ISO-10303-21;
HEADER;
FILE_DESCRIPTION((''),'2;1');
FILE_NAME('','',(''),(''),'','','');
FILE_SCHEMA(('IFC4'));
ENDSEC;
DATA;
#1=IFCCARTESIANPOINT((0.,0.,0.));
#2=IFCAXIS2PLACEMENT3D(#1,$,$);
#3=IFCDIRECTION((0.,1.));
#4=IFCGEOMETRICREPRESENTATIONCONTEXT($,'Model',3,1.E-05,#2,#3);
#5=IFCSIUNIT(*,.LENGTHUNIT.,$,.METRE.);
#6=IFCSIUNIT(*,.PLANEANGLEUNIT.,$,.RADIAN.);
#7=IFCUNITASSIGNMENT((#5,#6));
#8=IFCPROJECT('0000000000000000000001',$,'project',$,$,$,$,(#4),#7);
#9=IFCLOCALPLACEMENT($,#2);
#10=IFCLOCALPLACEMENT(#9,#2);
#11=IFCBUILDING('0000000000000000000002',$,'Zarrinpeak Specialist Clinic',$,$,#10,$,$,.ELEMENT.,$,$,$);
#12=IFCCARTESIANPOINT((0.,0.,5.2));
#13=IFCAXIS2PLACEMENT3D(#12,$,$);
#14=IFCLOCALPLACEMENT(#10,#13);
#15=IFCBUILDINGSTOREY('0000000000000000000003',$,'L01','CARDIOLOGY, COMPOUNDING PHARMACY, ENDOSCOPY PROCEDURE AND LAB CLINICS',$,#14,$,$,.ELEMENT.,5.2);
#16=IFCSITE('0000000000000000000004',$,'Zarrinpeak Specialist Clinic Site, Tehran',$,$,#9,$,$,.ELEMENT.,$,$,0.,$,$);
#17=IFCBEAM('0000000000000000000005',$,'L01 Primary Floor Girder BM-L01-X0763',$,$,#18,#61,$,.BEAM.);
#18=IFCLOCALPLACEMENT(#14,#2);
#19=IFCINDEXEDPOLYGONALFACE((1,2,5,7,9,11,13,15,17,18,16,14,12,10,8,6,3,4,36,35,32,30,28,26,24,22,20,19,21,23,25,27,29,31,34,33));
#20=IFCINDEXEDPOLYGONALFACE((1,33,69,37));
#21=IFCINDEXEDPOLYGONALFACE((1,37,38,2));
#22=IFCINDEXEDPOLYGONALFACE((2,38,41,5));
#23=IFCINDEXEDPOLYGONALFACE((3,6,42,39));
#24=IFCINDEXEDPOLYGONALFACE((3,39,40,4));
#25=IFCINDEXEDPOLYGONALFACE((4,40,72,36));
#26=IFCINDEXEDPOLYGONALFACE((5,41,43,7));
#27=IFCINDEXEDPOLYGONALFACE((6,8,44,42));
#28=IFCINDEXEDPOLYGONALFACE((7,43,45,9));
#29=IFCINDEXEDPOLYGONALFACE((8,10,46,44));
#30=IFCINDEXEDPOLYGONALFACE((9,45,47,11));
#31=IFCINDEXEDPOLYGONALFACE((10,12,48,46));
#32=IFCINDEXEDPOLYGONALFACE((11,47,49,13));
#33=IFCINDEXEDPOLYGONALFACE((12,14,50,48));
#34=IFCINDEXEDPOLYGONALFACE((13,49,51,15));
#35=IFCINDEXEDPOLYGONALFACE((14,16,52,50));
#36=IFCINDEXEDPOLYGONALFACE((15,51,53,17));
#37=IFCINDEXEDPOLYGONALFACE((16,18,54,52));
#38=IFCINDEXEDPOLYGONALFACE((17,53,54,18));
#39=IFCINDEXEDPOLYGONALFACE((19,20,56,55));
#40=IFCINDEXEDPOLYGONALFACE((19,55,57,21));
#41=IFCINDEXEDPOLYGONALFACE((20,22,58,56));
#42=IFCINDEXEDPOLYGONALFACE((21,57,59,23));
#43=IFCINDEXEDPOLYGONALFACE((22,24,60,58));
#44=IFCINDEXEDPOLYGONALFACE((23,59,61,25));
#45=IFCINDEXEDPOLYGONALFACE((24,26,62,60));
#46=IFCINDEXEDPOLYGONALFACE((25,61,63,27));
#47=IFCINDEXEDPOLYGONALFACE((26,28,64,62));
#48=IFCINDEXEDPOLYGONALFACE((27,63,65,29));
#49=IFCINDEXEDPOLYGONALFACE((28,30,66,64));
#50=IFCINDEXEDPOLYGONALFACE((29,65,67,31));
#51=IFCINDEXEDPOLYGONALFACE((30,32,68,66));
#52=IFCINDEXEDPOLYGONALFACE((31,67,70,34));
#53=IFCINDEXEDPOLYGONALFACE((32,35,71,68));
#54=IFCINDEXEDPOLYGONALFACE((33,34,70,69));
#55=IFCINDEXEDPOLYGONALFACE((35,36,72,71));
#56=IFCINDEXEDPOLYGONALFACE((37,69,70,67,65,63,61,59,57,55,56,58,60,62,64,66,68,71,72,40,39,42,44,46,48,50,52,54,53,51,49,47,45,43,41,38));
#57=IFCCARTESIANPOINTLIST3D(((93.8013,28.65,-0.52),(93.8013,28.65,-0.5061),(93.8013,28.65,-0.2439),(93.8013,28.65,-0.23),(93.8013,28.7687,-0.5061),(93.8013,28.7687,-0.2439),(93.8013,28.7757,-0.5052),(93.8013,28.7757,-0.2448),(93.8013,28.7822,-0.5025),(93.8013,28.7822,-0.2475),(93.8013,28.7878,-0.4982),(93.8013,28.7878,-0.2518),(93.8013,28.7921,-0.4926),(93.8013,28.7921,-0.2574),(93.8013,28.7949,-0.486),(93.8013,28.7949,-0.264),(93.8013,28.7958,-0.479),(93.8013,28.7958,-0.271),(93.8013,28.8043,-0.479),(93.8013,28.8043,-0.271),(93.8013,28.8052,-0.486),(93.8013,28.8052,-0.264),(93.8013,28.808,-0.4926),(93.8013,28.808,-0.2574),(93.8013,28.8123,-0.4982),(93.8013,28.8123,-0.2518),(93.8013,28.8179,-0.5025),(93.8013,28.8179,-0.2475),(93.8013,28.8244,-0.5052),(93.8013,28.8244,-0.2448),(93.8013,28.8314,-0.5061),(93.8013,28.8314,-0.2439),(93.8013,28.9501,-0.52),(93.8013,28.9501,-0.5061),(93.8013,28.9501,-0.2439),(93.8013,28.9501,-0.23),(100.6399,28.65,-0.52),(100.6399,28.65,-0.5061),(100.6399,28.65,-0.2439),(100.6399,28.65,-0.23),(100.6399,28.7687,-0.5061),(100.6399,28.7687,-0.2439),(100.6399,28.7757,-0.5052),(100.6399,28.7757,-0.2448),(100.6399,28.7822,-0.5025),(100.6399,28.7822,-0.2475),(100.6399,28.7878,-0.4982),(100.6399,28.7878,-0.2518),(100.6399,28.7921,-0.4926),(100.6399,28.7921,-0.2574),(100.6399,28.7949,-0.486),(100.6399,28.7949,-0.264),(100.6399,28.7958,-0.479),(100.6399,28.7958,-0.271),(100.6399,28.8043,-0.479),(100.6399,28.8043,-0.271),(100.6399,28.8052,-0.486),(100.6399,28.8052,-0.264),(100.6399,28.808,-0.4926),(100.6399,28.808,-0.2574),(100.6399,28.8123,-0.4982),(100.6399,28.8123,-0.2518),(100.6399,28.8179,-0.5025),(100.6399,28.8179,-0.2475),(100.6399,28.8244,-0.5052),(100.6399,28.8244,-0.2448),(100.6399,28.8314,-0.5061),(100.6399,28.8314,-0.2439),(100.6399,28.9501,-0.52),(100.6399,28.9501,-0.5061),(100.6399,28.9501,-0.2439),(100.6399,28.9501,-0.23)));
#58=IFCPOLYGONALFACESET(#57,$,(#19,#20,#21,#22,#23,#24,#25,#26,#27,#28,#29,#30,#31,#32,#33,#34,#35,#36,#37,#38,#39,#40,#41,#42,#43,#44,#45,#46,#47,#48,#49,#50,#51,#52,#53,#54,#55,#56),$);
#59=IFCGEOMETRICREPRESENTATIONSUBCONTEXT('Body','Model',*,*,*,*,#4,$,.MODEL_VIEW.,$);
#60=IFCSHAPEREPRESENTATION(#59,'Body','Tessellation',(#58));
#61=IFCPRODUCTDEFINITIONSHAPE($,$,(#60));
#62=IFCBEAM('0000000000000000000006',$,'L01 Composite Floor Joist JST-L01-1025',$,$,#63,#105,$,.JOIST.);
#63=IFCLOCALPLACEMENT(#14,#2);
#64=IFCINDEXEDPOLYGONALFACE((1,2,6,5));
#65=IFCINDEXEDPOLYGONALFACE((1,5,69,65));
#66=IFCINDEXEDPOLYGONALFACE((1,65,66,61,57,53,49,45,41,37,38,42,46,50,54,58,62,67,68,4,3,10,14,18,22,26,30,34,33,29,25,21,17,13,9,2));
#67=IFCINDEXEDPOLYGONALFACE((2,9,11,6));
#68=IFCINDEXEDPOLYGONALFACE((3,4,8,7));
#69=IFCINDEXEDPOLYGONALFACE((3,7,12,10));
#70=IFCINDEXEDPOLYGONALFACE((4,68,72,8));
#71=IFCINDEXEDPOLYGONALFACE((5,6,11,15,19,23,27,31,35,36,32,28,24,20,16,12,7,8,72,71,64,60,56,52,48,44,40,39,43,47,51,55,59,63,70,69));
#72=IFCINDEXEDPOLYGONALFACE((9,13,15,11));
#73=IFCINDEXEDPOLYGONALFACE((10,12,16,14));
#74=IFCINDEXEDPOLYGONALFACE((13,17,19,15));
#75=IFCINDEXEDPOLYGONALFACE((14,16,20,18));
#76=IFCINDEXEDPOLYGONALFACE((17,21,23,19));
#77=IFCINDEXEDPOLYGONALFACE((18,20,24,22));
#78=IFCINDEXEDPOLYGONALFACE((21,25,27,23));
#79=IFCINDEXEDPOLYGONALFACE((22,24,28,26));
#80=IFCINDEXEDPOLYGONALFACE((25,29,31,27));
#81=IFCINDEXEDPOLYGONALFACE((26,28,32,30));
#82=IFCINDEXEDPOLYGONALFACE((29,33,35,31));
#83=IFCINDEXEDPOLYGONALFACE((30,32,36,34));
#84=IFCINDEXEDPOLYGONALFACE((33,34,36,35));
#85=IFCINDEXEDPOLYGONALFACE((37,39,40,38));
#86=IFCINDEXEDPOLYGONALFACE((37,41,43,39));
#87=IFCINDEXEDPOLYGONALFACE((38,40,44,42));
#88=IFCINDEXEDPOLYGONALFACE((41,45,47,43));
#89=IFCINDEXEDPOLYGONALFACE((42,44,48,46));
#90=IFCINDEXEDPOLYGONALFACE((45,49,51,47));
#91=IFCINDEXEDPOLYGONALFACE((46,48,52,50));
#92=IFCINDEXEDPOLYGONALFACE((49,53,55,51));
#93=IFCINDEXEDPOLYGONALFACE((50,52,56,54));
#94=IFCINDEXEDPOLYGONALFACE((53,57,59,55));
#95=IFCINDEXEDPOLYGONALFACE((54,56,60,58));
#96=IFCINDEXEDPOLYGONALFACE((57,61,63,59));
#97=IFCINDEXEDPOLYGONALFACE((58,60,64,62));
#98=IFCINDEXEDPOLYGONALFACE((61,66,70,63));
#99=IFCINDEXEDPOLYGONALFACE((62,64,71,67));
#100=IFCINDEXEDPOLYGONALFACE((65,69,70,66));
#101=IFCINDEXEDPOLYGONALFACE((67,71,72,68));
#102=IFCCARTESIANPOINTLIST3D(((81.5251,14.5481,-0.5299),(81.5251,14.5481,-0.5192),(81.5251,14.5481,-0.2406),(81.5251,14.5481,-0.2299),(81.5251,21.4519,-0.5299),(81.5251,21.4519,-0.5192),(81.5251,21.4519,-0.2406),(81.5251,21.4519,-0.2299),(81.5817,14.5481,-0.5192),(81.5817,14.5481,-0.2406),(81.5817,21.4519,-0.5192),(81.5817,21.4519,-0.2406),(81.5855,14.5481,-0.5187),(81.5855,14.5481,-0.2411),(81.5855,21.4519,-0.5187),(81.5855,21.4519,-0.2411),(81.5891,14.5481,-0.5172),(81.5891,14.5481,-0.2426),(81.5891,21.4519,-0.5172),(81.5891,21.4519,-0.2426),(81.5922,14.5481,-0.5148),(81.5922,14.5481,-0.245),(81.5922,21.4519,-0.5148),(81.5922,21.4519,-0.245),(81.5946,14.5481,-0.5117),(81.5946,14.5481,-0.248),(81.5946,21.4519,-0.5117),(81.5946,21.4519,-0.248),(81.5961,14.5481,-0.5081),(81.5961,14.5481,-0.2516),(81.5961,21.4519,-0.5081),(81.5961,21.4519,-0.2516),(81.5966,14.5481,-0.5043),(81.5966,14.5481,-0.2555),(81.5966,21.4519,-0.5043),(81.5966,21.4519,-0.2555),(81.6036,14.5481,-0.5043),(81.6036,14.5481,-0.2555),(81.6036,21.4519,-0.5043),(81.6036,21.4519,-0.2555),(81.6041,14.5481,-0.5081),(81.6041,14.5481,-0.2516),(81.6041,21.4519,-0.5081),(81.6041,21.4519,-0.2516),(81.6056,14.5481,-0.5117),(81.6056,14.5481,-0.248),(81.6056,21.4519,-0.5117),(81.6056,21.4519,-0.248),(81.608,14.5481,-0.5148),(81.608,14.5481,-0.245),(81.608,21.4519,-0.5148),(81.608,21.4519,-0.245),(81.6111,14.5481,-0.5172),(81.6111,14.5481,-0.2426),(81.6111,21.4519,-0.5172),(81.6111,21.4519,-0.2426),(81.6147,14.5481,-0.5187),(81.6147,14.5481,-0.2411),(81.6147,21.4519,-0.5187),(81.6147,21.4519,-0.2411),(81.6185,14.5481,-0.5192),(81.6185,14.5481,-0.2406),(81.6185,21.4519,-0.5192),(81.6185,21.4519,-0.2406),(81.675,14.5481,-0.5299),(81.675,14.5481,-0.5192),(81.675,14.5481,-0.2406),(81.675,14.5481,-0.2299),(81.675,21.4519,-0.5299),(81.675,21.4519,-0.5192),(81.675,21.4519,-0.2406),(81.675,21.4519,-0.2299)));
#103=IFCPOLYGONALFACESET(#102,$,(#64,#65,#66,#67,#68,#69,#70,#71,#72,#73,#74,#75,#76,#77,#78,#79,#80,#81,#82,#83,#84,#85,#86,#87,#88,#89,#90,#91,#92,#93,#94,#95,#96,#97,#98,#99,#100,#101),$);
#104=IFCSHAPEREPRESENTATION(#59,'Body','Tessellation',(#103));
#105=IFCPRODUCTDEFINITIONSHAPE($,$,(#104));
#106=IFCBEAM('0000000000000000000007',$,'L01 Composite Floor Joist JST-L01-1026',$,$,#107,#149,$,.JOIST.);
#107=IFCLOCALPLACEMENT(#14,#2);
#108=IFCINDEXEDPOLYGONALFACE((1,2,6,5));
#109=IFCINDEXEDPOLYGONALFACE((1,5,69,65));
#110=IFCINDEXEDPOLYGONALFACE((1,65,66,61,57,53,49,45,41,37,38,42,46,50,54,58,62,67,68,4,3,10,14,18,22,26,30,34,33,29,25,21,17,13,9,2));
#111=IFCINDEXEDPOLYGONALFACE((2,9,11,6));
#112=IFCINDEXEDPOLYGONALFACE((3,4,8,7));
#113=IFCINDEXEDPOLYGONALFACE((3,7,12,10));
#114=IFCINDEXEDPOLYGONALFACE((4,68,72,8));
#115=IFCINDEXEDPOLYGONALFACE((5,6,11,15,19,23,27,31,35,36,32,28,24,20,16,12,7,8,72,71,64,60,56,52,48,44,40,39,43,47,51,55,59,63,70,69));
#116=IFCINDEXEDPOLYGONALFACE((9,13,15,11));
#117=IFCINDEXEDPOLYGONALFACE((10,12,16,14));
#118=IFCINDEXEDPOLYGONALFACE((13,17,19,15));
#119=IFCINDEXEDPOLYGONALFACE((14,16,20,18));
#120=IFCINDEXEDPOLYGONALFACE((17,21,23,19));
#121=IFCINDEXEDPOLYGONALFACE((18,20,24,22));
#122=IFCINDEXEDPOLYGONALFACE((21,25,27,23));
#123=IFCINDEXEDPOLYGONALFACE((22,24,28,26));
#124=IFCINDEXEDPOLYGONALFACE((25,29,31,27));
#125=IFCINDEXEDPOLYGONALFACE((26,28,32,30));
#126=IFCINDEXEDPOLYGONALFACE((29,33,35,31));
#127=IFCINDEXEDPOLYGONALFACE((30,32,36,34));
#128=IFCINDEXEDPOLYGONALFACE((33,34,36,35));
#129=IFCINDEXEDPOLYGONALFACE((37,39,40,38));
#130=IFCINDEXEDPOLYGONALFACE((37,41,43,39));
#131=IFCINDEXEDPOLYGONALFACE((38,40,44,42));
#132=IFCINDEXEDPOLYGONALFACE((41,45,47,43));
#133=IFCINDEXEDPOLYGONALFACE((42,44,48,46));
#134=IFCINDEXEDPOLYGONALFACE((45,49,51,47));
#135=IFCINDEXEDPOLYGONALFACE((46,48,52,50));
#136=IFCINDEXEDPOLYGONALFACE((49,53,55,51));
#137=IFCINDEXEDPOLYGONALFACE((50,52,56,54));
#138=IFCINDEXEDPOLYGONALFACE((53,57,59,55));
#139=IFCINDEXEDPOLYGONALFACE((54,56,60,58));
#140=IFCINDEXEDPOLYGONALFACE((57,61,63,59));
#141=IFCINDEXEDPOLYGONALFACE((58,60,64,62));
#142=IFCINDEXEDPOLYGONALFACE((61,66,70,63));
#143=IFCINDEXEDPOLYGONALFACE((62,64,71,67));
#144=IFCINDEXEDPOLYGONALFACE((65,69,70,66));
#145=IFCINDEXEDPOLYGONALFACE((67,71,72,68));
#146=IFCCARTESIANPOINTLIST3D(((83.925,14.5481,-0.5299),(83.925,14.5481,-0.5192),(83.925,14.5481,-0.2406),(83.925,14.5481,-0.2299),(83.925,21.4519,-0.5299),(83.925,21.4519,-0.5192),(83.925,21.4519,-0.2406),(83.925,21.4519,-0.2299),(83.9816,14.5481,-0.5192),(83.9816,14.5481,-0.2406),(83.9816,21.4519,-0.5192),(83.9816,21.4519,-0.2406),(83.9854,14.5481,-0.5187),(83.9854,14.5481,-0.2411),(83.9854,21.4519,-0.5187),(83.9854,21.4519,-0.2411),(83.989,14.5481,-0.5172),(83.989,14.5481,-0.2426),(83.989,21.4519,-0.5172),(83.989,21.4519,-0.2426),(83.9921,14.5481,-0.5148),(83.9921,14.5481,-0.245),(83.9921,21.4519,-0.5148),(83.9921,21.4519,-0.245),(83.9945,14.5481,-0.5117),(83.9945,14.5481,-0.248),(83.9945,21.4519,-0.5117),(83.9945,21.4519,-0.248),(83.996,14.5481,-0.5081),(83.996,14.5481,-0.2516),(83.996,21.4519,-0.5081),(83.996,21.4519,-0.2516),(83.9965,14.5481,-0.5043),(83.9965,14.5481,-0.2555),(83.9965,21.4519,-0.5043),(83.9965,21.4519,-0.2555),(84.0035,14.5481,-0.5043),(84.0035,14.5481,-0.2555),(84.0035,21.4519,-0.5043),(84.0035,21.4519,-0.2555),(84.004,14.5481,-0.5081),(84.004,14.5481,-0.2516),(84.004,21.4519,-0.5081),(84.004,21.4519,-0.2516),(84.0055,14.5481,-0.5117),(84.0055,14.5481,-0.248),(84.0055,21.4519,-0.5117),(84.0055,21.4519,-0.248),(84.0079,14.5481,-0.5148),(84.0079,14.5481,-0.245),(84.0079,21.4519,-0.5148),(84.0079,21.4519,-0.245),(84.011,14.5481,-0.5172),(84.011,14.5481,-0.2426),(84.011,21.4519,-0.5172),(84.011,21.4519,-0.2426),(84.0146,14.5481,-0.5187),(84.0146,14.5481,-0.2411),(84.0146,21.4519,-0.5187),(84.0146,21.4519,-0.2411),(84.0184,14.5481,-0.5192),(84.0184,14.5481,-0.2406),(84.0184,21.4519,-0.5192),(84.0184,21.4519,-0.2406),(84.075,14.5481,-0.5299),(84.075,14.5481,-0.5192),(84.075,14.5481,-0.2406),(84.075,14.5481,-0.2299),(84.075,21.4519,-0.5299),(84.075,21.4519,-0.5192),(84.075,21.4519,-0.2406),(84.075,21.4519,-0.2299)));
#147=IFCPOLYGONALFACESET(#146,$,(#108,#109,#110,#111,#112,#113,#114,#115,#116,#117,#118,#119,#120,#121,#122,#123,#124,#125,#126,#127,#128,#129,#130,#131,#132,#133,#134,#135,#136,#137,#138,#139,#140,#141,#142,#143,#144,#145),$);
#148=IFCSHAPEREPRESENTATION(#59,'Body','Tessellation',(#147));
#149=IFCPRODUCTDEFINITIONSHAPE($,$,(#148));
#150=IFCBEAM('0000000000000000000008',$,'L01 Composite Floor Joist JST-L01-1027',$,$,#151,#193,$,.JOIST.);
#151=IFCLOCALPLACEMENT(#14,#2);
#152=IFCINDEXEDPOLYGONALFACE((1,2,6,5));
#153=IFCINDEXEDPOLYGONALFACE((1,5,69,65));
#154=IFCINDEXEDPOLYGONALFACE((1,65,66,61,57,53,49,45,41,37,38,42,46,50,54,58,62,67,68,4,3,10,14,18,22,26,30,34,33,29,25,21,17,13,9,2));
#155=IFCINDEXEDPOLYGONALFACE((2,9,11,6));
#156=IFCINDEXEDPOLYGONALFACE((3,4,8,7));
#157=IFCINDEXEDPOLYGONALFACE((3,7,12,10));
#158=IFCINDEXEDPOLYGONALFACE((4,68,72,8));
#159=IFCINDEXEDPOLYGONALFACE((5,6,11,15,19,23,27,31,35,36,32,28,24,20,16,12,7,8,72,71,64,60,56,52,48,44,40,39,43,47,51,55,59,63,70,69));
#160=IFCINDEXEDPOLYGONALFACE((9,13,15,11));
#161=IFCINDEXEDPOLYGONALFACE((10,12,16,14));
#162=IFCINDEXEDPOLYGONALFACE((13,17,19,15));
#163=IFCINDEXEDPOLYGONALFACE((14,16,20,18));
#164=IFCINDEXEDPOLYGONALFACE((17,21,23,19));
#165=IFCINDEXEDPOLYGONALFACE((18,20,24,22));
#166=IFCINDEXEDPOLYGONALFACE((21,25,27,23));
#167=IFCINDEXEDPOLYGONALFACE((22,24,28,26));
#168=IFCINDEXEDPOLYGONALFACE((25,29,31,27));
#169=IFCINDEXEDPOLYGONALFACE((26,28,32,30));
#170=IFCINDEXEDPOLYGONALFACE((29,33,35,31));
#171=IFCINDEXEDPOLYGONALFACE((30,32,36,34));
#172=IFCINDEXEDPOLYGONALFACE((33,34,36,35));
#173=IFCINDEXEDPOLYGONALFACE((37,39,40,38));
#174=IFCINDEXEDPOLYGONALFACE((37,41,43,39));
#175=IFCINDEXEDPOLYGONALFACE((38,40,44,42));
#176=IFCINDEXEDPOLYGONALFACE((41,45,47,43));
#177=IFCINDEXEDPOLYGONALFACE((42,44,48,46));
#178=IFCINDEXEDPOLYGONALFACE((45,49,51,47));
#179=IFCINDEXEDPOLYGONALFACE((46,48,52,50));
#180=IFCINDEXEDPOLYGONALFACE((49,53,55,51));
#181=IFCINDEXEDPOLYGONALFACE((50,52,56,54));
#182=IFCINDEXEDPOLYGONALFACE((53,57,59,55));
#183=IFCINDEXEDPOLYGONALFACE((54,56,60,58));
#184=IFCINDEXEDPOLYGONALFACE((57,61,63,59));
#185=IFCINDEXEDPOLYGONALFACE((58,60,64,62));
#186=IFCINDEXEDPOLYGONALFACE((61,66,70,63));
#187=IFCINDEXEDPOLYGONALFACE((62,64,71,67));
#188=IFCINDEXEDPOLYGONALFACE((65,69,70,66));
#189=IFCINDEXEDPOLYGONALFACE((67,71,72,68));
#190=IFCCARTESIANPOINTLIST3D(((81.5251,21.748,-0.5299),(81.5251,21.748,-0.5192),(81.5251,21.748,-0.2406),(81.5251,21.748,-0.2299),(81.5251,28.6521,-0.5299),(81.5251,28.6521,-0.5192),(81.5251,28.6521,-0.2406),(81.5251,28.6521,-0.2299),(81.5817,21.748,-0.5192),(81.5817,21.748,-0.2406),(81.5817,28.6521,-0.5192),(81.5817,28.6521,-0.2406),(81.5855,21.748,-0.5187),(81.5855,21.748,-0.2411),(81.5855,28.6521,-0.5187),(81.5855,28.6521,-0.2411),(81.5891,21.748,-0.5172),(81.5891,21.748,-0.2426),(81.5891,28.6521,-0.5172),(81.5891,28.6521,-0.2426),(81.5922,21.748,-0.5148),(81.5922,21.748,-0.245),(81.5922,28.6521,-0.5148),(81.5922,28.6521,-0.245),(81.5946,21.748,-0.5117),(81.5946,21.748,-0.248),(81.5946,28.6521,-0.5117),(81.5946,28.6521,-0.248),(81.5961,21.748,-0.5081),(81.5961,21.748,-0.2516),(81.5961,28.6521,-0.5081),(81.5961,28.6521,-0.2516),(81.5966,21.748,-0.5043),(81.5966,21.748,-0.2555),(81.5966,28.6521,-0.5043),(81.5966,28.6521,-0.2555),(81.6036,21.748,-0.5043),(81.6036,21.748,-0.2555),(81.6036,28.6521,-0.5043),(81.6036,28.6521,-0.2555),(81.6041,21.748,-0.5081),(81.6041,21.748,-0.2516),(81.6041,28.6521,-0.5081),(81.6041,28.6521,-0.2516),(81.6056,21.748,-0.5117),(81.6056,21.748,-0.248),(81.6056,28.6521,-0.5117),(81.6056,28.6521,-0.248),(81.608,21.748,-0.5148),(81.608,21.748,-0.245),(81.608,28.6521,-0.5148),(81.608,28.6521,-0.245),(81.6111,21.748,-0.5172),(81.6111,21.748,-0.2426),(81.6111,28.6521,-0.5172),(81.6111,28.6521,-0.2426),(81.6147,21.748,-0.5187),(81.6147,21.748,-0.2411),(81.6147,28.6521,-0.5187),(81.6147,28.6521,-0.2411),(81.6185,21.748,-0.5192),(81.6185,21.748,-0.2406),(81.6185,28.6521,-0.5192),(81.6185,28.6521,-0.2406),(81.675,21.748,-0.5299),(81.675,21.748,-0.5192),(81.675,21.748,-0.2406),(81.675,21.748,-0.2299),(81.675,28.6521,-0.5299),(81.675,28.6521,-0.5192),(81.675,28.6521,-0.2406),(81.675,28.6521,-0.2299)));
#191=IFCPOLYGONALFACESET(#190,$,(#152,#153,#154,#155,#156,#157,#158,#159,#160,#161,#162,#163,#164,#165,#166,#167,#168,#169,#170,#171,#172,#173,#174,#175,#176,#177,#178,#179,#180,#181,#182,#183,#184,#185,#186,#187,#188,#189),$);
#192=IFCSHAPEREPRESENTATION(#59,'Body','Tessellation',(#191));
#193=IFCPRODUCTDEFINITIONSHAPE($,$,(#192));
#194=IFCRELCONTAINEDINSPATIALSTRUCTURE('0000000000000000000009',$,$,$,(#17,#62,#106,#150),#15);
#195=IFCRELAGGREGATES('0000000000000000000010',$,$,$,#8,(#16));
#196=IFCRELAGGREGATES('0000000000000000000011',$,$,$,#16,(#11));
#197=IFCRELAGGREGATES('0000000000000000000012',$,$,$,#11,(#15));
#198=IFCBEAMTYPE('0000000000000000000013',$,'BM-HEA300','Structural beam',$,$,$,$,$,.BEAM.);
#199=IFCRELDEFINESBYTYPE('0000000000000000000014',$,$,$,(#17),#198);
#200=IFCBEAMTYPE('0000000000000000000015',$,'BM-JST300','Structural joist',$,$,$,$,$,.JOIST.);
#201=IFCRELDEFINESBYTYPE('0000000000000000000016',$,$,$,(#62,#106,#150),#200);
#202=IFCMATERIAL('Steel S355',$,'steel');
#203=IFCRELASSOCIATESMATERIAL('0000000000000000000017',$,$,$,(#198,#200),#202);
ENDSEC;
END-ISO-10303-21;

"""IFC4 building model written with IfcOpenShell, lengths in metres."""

from ifc_helpers import new_model, si_unit, direction, frame, origin, origin_2d, place, context, subcontext, project, spatial, i_section, extrude, material, material_profile, profile_set, type_object, element, save


model = new_model("IFC4")

# Units and contexts
model_context = context("Model", 3, precision=1e-05, world=origin(), true_north=direction((0.0, 1.0)))
body_context = subcontext(model_context, "Body", "Model", "MODEL_VIEW")
ifc_project = project(units=[si_unit("LENGTHUNIT", "METRE"), si_unit("PLANEANGLEUNIT", "RADIAN")], contexts=[model_context])

# Site, building, storey
site_placement = place(None, origin())
site = spatial("IfcSite", under=ifc_project, at=site_placement, Name="Zarrinpeak Specialist Clinic Site, Tehran", CompositionType="ELEMENT", RefElevation=0.0)
building_placement = place(site_placement, origin())
building = spatial("IfcBuilding", under=site, at=building_placement, Name="Zarrinpeak Specialist Clinic", CompositionType="ELEMENT")
storey_placement = place(building_placement, frame((0.0, 0.0, 5.2)))
storey = spatial("IfcBuildingStorey", under=building, at=storey_placement, Name="L01", Description="CARDIOLOGY, COMPOUNDING PHARMACY, ENDOSCOPY PROCEDURE AND LAB CLINICS", CompositionType="ELEMENT", Elevation=5.2)

# Shared definitions
ifc_material_1 = material(Name="Steel S355", Category="steel")

# Beams
ifc_material_profile_1 = material_profile(ifc_material_1, i_section(OverallWidth=0.3, OverallDepth=0.29, WebThickness=0.0085, FlangeThickness=0.0139, FilletRadius=0.0271, at=origin_2d()), Name="HEA 300")
ifc_profile_set_1 = profile_set([ifc_material_profile_1], Name="Steel S355")
beam_type_1 = type_object("IfcBeamType", Name="BM-HEA300", Description="Structural beam", PredefinedType="BEAM", material=ifc_profile_set_1)
beam_1_placement = place(storey_placement, frame((93.8013, 28.8, -0.375), z_axis=(1.0, 0.0, 0.0), x_axis=(0.0, 1.0, 0.0)))
element("IfcBeam", 1, at=beam_1_placement, inside=storey, type_object=beam_type_1, Name="L01 Primary Floor Girder BM-L01-X0763", PredefinedType="BEAM", context=body_context, shape_type="SweptSolid", body=[
    extrude(i_section(OverallWidth=0.3, OverallDepth=0.29, WebThickness=0.0085, FlangeThickness=0.0139, FilletRadius=0.0271, at=origin_2d()), origin(), (0.0, 0.0, 1.0), 6.8386),
])
ifc_material_profile_2 = material_profile(ifc_material_1, i_section(OverallWidth=0.1499, OverallDepth=0.3, WebThickness=0.0071, FlangeThickness=0.0107, FilletRadius=0.0149, at=origin_2d()), Name="IPE 300")
ifc_profile_set_2 = profile_set([ifc_material_profile_2], Name="Steel S355")
beam_type_2 = type_object("IfcBeamType", Name="BM-JST300", Description="Structural joist", PredefinedType="JOIST", material=ifc_profile_set_2)
for number, where, z_axis, x_axis, name in (
    (2, (81.6001, 14.5481, -0.3799), (0.0, 1.0, 0.0), (-1.0, 0.0, 0.0), "L01 Composite Floor Joist JST-L01-1025"),
    (3, (84.0, 14.5481, -0.3799), (0.0, 1.0, 0.0), (-1.0, 0.0, 0.0), "L01 Composite Floor Joist JST-L01-1026"),
):
    element("IfcBeam", number, at=place(storey_placement, frame(where, z_axis=z_axis, x_axis=x_axis)), inside=storey, type_object=beam_type_2, Name=name, PredefinedType="JOIST", context=body_context, shape_type="SweptSolid", body=[
        extrude(i_section(OverallWidth=0.1499, OverallDepth=0.3, WebThickness=0.0071, FlangeThickness=0.0107, FilletRadius=0.0149, at=origin_2d()), origin(), (0.0, 0.0, 1.0), 6.9038),
    ])
for number, where, z_axis, x_axis, name in (
    (4, (81.6001, 21.748, -0.3799), (0.0, 1.0, 0.0), (-1.0, 0.0, 0.0), "L01 Composite Floor Joist JST-L01-1027"),
):
    element("IfcBeam", number, at=place(storey_placement, frame(where, z_axis=z_axis, x_axis=x_axis)), inside=storey, type_object=beam_type_2, Name=name, PredefinedType="JOIST", context=body_context, shape_type="SweptSolid", body=[
        extrude(i_section(OverallWidth=0.1499, OverallDepth=0.3, WebThickness=0.0071, FlangeThickness=0.0107, FilletRadius=0.0149, at=origin_2d()), origin(), (0.0, 0.0, 1.0), 6.9041),
    ])

save(model, "model.ifc")
